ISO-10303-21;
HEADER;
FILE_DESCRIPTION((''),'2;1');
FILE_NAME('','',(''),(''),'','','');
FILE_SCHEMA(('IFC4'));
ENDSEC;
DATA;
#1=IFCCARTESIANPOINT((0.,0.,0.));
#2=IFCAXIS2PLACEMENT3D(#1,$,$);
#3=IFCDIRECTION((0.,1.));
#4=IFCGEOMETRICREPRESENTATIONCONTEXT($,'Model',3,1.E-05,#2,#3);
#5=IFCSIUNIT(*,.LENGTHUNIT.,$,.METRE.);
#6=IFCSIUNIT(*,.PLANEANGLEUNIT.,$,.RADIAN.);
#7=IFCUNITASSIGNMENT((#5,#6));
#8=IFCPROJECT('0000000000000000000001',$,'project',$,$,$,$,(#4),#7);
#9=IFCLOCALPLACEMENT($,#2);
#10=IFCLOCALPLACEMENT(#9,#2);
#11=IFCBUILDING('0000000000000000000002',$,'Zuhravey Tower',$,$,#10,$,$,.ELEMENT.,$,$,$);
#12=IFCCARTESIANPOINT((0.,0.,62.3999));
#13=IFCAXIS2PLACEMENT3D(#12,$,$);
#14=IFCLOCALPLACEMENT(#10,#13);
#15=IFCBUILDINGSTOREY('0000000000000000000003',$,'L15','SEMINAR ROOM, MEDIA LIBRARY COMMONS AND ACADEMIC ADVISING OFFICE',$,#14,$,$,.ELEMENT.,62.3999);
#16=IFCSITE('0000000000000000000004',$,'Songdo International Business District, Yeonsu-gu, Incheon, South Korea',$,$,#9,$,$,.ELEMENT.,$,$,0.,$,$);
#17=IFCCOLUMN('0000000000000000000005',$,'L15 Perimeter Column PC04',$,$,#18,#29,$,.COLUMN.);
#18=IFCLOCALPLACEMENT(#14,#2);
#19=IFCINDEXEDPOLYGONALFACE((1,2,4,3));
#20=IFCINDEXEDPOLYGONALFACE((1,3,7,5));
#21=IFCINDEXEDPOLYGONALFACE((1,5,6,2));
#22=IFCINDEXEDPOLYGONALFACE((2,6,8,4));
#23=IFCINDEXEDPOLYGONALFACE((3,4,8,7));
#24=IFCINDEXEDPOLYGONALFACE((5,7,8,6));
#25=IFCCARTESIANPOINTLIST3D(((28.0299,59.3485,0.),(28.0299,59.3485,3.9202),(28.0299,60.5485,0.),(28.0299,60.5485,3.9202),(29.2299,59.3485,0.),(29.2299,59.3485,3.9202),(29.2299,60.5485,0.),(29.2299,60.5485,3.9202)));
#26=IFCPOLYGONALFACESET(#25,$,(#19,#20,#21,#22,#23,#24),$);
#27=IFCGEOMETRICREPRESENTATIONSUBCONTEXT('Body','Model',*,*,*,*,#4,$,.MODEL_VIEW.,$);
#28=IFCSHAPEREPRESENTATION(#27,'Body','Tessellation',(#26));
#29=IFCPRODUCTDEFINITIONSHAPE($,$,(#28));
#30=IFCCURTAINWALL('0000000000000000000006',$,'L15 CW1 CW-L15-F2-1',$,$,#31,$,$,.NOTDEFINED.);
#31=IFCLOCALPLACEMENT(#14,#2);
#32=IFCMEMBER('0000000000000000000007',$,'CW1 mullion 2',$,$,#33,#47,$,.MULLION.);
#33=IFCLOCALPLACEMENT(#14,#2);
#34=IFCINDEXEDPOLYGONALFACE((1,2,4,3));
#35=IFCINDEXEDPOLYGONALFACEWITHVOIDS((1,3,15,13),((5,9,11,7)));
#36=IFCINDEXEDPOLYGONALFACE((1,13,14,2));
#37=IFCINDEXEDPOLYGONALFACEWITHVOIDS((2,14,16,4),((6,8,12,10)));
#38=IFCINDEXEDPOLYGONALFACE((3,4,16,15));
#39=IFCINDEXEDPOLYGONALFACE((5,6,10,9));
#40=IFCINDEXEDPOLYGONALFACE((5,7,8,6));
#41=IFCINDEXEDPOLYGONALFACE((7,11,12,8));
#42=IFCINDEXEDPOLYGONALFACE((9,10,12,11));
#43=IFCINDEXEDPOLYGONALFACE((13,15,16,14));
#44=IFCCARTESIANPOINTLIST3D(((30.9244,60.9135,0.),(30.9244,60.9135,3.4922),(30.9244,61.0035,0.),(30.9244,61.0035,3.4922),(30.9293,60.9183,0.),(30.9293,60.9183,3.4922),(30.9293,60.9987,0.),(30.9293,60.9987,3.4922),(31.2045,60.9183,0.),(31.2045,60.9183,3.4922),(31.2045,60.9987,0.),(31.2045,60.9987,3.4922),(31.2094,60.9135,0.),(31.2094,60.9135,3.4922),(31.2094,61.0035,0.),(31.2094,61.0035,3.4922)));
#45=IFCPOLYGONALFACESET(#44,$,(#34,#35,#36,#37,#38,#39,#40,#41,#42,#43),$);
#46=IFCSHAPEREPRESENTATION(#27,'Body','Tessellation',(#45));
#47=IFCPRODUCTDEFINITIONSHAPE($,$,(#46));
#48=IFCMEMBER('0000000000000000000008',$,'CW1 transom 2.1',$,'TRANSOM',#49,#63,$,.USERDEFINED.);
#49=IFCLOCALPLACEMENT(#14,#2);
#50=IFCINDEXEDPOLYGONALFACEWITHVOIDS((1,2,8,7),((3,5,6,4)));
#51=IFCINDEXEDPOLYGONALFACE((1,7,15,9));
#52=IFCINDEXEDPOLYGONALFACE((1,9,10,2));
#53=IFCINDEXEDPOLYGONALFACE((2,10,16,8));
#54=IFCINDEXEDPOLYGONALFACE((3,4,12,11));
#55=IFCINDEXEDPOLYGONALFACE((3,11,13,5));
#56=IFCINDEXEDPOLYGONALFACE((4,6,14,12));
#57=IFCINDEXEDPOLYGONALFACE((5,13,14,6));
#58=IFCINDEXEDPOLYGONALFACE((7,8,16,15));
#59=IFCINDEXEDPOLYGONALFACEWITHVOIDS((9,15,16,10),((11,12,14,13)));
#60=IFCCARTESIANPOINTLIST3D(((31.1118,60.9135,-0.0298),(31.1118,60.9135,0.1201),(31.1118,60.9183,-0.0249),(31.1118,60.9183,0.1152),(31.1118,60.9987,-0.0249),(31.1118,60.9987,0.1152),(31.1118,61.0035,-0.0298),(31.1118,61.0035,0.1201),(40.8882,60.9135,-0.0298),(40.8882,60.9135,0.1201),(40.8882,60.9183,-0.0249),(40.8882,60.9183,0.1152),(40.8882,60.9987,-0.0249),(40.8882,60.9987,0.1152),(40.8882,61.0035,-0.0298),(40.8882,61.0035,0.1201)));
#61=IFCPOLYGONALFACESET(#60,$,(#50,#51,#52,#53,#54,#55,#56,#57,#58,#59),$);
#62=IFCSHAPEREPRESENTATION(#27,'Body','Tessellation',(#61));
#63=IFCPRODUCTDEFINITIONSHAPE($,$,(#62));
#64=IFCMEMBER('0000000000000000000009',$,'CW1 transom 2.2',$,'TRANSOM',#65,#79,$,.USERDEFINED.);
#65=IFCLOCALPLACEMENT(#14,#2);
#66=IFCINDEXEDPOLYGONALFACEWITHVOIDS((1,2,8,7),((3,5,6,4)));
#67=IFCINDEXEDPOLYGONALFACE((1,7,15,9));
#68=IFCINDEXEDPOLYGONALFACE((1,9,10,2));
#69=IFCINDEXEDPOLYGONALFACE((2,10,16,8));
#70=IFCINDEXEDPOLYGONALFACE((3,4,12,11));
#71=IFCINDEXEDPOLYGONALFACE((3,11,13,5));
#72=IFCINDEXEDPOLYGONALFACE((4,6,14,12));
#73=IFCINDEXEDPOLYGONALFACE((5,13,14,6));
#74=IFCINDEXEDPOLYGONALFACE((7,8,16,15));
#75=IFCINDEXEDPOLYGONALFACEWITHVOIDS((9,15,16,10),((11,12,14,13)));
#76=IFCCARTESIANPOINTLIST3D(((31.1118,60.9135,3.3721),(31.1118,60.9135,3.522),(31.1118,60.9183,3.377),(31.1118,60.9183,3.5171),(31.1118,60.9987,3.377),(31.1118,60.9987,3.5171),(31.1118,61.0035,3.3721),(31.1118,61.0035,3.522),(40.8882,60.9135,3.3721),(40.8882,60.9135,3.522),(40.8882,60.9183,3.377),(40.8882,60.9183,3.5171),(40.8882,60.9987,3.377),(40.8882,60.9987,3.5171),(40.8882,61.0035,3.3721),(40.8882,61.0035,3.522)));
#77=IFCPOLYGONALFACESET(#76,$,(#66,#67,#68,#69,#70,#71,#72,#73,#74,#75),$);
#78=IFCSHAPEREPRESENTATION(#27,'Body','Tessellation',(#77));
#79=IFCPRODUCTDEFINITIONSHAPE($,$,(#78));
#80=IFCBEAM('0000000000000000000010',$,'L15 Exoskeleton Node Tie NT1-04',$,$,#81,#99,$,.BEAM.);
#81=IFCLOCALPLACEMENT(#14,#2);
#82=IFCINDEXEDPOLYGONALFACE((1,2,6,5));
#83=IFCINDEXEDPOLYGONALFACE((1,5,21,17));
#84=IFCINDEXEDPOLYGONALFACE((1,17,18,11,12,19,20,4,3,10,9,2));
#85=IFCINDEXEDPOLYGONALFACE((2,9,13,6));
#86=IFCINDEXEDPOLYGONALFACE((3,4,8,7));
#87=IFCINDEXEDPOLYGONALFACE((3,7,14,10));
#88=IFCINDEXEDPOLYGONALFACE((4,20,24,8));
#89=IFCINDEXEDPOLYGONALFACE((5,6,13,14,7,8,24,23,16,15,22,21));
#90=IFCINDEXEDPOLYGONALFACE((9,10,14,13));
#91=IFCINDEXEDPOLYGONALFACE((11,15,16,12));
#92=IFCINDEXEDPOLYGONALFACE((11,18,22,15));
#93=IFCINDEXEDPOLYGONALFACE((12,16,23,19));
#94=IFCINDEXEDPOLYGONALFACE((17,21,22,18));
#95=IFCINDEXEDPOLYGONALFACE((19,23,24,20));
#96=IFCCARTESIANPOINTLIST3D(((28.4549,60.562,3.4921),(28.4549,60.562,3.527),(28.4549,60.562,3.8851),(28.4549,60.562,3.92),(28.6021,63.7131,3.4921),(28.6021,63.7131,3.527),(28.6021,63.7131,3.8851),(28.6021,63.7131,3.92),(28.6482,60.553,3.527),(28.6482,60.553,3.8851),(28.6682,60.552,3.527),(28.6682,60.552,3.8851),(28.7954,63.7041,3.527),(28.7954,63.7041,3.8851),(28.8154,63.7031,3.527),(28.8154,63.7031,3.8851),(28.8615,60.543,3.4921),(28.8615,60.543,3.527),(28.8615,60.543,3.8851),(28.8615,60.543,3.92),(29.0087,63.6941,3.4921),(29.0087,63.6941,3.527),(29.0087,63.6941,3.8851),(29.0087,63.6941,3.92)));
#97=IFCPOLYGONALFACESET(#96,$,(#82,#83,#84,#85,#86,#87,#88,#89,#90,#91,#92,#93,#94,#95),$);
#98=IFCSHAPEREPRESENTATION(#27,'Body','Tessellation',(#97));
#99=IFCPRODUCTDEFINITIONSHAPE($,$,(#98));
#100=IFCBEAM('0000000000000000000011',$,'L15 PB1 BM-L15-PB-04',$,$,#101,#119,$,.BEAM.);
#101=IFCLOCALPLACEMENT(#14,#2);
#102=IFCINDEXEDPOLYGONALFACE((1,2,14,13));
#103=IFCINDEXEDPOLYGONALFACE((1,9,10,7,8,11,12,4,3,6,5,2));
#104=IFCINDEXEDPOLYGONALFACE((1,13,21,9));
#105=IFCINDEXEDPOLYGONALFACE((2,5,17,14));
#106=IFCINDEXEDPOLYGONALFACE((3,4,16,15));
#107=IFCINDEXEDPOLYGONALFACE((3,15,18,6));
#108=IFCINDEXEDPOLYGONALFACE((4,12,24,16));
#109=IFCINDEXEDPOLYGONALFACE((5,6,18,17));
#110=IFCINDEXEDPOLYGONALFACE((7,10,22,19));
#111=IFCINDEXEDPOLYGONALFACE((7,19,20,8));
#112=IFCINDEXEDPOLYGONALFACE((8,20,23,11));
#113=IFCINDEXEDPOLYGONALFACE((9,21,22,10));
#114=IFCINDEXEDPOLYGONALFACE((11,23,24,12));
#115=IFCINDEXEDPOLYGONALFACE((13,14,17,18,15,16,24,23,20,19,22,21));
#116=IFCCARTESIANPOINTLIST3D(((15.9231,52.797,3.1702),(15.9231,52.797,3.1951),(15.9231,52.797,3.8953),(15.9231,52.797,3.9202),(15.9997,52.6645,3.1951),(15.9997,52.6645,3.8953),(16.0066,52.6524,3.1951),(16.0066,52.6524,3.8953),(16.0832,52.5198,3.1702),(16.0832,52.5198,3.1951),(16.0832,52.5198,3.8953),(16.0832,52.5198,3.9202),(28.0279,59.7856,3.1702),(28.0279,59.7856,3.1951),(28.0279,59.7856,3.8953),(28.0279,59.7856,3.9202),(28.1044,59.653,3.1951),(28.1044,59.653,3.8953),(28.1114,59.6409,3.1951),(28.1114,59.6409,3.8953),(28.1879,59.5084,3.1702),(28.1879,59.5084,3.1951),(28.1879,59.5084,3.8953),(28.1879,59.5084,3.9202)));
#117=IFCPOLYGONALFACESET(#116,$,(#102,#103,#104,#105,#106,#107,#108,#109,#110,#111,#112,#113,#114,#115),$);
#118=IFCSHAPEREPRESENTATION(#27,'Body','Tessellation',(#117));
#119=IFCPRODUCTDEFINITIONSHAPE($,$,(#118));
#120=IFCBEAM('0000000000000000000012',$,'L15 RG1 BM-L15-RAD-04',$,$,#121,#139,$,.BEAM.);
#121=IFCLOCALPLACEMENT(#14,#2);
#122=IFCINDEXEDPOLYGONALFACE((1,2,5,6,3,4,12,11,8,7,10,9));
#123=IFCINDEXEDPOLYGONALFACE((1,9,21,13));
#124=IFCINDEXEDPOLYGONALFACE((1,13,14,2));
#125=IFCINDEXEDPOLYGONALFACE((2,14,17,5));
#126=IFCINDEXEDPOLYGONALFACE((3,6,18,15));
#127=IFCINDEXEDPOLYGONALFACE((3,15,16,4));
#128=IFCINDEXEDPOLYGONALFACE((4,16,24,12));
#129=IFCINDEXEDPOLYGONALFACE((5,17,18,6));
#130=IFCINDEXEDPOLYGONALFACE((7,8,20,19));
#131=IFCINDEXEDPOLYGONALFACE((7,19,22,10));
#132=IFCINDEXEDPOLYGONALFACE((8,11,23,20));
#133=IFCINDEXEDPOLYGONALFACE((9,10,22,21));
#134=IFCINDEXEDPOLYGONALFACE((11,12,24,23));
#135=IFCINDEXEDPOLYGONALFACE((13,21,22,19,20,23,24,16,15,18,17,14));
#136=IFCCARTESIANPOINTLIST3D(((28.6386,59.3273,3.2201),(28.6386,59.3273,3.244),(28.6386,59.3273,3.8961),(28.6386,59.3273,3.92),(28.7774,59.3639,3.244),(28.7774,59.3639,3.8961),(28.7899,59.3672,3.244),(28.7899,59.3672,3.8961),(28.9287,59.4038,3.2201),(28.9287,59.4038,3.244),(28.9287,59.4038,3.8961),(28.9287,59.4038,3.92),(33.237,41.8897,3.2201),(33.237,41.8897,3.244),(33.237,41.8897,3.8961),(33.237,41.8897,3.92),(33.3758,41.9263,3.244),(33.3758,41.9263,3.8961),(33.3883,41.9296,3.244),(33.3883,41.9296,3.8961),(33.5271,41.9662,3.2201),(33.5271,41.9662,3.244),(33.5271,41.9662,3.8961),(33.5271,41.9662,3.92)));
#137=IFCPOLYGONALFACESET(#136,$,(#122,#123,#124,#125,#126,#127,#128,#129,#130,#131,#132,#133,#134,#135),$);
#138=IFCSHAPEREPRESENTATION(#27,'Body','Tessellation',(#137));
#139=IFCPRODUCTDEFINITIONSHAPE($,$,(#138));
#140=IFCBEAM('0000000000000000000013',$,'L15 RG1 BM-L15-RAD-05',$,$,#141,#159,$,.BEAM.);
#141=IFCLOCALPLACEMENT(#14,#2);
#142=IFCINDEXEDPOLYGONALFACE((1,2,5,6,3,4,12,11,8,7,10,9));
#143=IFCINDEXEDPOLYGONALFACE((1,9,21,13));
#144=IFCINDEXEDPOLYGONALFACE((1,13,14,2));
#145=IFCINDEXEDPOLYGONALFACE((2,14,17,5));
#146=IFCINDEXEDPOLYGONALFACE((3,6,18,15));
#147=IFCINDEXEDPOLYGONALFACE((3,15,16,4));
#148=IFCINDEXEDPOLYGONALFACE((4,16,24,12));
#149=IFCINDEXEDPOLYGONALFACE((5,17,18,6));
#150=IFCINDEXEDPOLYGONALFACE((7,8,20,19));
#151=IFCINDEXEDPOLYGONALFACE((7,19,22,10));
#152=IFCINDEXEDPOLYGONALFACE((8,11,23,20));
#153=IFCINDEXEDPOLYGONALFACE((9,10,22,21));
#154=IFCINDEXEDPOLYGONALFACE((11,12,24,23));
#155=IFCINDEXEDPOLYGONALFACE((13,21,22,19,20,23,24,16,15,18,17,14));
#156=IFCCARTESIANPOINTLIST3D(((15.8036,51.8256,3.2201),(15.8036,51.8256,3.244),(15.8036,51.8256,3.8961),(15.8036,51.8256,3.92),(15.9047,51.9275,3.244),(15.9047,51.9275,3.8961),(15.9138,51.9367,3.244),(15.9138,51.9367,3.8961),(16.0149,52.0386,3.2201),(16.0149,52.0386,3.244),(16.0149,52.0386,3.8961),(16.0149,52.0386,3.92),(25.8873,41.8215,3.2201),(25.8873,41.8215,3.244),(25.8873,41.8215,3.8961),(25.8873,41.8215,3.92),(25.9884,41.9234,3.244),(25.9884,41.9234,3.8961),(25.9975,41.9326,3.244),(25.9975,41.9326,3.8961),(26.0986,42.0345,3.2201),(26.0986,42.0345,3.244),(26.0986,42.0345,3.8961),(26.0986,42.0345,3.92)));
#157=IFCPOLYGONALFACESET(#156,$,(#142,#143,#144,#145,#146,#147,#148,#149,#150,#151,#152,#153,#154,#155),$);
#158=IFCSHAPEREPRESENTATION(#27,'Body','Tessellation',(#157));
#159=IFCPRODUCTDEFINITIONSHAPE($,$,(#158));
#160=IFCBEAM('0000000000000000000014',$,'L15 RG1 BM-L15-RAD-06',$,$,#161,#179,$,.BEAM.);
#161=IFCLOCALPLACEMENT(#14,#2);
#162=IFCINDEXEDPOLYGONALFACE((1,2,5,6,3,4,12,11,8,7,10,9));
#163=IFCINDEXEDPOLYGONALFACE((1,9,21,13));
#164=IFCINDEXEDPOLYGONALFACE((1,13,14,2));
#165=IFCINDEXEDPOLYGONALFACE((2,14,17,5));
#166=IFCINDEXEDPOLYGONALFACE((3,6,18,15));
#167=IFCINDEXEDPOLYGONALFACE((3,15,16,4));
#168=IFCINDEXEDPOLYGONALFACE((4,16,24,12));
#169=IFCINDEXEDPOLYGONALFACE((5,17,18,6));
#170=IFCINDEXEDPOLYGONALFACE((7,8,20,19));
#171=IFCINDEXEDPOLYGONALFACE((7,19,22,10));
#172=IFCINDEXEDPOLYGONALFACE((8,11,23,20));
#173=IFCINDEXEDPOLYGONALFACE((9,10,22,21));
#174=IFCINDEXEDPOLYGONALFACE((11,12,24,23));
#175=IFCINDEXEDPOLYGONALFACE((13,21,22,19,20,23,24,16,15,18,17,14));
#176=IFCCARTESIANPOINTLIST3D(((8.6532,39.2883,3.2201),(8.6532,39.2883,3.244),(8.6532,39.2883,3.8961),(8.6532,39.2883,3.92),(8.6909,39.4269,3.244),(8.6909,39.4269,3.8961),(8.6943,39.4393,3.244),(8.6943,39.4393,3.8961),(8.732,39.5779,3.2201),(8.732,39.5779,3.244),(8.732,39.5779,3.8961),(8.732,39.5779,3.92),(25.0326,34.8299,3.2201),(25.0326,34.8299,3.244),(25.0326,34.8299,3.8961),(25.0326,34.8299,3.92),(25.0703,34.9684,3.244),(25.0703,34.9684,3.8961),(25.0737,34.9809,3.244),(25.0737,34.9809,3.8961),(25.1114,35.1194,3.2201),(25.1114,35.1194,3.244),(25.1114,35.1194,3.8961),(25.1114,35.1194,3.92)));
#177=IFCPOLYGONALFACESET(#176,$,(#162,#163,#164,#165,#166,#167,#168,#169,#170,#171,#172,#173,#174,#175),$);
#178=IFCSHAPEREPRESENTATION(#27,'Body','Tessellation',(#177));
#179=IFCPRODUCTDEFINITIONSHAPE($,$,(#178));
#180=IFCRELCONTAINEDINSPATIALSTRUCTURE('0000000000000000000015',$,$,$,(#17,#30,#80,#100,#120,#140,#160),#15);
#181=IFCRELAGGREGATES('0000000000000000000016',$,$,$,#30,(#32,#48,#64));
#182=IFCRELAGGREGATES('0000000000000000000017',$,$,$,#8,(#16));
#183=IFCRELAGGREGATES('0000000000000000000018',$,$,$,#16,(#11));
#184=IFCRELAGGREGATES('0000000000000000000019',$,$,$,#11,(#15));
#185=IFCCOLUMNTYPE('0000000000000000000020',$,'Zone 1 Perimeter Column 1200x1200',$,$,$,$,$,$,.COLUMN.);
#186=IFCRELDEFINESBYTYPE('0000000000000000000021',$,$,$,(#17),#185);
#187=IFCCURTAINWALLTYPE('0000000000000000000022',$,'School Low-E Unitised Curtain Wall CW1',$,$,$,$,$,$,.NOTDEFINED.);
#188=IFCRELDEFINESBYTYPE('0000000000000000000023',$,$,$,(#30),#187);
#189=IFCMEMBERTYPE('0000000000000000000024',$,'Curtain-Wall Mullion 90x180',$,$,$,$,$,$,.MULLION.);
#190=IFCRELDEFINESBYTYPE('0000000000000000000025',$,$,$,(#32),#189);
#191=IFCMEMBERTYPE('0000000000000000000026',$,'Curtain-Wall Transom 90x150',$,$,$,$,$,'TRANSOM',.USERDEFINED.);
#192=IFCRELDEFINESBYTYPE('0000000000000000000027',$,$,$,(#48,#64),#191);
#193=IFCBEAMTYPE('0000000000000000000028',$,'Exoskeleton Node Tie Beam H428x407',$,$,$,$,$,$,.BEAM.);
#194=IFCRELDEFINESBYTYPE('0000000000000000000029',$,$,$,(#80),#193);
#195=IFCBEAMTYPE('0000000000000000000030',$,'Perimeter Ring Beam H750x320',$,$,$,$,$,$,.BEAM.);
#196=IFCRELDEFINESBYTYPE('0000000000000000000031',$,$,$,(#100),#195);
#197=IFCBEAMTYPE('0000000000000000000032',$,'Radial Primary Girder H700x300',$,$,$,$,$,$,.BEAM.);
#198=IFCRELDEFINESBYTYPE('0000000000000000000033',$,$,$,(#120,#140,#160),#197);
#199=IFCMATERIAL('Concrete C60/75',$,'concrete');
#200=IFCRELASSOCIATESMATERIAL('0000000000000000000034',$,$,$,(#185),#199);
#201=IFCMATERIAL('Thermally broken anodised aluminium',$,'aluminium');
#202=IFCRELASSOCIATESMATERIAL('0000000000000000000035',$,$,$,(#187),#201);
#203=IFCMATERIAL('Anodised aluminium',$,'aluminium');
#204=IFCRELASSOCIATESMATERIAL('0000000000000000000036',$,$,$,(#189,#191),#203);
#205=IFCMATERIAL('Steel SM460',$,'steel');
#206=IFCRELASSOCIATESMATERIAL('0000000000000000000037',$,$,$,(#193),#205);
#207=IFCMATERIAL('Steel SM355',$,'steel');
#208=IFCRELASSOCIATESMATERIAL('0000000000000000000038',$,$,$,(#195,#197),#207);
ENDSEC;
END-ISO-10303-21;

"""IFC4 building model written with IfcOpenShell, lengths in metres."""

from ifc_helpers import new_model, si_unit, direction, frame, origin, origin_2d, place, context, subcontext, project, spatial, rectangle, hollow_rectangle, i_section, extrude, material, material_profile, profile_set, type_object, element, aggregate, save


model = new_model("IFC4")

# Units and contexts
model_context = context("Model", 3, precision=1e-05, world=origin(), true_north=direction((0.0, 1.0)))
body_context = subcontext(model_context, "Body", "Model", "MODEL_VIEW")
ifc_project = project(units=[si_unit("LENGTHUNIT", "METRE"), si_unit("PLANEANGLEUNIT", "RADIAN")], contexts=[model_context])

# Site, building, storey
site_placement = place(None, origin())
site = spatial("IfcSite", under=ifc_project, at=site_placement, Name="Songdo International Business District, Yeonsu-gu, Incheon, South Korea", CompositionType="ELEMENT", RefElevation=0.0)
building_placement = place(site_placement, origin())
building = spatial("IfcBuilding", under=site, at=building_placement, Name="Zuhravey Tower", CompositionType="ELEMENT")
storey_placement = place(building_placement, frame((0.0, 0.0, 62.3999)))
storey = spatial("IfcBuildingStorey", under=building, at=storey_placement, Name="L15", Description="SEMINAR ROOM, MEDIA LIBRARY COMMONS AND ACADEMIC ADVISING OFFICE", CompositionType="ELEMENT", Elevation=62.3999)

# Column
ifc_material_1 = material(Name="Concrete C60/75", Category="concrete")
ifc_material_profile_1 = material_profile(ifc_material_1, rectangle(XDim=1.2, YDim=1.2, at=origin_2d()), Name="RC-1200x1200")
ifc_profile_set_1 = profile_set([ifc_material_profile_1], Name="Concrete C60/75")
column_type = type_object("IfcColumnType", Name="Zone 1 Perimeter Column 1200x1200", PredefinedType="COLUMN", material=ifc_profile_set_1)
column_placement = place(storey_placement, frame((28.6299, 59.9485, 0.0), z_axis=(0.0, 0.0, 1.0), x_axis=(-1.0, 0.0, 0.0)))
element("IfcColumn", 1, at=column_placement, inside=storey, type_object=column_type, Name="L15 Perimeter Column PC04", PredefinedType="COLUMN", context=body_context, shape_type="SweptSolid", body=[
    extrude(rectangle(XDim=1.2, YDim=1.2, at=origin_2d()), origin(), (0.0, 0.0, 1.0), 3.9202),
])

# Curtain wall, members
ifc_material_2 = material(Name="Thermally broken anodised aluminium", Category="aluminium")
curtain_wall_type = type_object("IfcCurtainWallType", Name="School Low-E Unitised Curtain Wall CW1", PredefinedType="NOTDEFINED", material=ifc_material_2)
curtain_wall_placement = place(storey_placement, origin())
curtain_wall = element("IfcCurtainWall", 2, at=curtain_wall_placement, inside=storey, type_object=curtain_wall_type, Name="L15 CW1 CW-L15-F2-1", PredefinedType="NOTDEFINED")
ifc_material_3 = material(Name="Anodised aluminium", Category="aluminium")
ifc_material_profile_2 = material_profile(ifc_material_3, hollow_rectangle(XDim=0.0901, YDim=0.2849, WallThickness=0.0049, at=origin_2d()), Name="ALU-RHS-90x285x5")
ifc_profile_set_2 = profile_set([ifc_material_profile_2], Name="Anodised aluminium")
member_type_1 = type_object("IfcMemberType", Name="Curtain-Wall Mullion 90x180", PredefinedType="MULLION", material=ifc_profile_set_2)
member_1_placement = place(storey_placement, frame((31.0669, 60.9585, 0.0), z_axis=(0.0, 0.0, 1.0), x_axis=(0.0, 1.0, 0.0)))
member_1 = element("IfcMember", 3, at=member_1_placement, type_object=member_type_1, Name="CW1 mullion 2", PredefinedType="MULLION", context=body_context, shape_type="SweptSolid", body=[
    extrude(hollow_rectangle(XDim=0.0901, YDim=0.2849, WallThickness=0.0049, at=origin_2d()), origin(), (0.0, 0.0, 1.0), 3.4922),
])
ifc_material_profile_3 = material_profile(ifc_material_3, hollow_rectangle(XDim=0.0901, YDim=0.1499, WallThickness=0.0049, at=origin_2d()), Name="ALU-RHS-90x150x5")
ifc_profile_set_3 = profile_set([ifc_material_profile_3], Name="Anodised aluminium")
member_type_2 = type_object("IfcMemberType", Name="Curtain-Wall Transom 90x150", ElementType="TRANSOM", PredefinedType="USERDEFINED", material=ifc_profile_set_3)
member_2_placement = place(storey_placement, frame((31.1118, 60.9585, 0.0452), z_axis=(1.0, 0.0, 0.0), x_axis=(0.0, 1.0, 0.0)))
member_2 = element("IfcMember", 4, at=member_2_placement, type_object=member_type_2, Name="CW1 transom 2.1", ObjectType="TRANSOM", PredefinedType="USERDEFINED", context=body_context, shape_type="SweptSolid", body=[
    extrude(hollow_rectangle(XDim=0.0901, YDim=0.1499, WallThickness=0.0049, at=origin_2d()), origin(), (0.0, 0.0, 1.0), 9.7764),
])
member_3_placement = place(storey_placement, frame((31.1118, 60.9585, 3.447), z_axis=(1.0, 0.0, 0.0), x_axis=(0.0, 1.0, 0.0)))
member_3 = element("IfcMember", 5, at=member_3_placement, type_object=member_type_2, Name="CW1 transom 2.2", ObjectType="TRANSOM", PredefinedType="USERDEFINED", context=body_context, shape_type="SweptSolid", body=[
    extrude(hollow_rectangle(XDim=0.0901, YDim=0.1499, WallThickness=0.0049, at=origin_2d()), origin(), (0.0, 0.0, 1.0), 9.7764),
])

# Beams
ifc_material_4 = material(Name="Steel SM460", Category="steel")
ifc_material_profile_4 = material_profile(ifc_material_4, i_section(OverallWidth=0.407, OverallDepth=0.428, WebThickness=0.02, FlangeThickness=0.0349, at=origin_2d()), Name="H-428x407x20x35")
ifc_profile_set_4 = profile_set([ifc_material_profile_4], Name="Steel SM460")
beam_type_1 = type_object("IfcBeamType", Name="Exoskeleton Node Tie Beam H428x407", PredefinedType="BEAM", material=ifc_profile_set_4)
beam_1_placement = place(storey_placement, frame((28.6582, 60.5525, 3.7061), z_axis=(0.046668, 0.99891, 0.0), x_axis=(-0.99891, 0.046668, 0.0)))
element("IfcBeam", 6, at=beam_1_placement, inside=storey, type_object=beam_type_1, Name="L15 Exoskeleton Node Tie NT1-04", PredefinedType="BEAM", context=body_context, shape_type="SweptSolid", body=[
    extrude(i_section(OverallWidth=0.407, OverallDepth=0.428, WebThickness=0.02, FlangeThickness=0.0349, at=origin_2d()), origin(), (0.0, 0.0, 1.0), 3.1545),
])
ifc_material_5 = material(Name="Steel SM355", Category="steel")
ifc_material_profile_5 = material_profile(ifc_material_5, i_section(OverallWidth=0.3201, OverallDepth=0.75, WebThickness=0.0139, FlangeThickness=0.0249, at=origin_2d()), Name="H-750x320x14x25")
ifc_profile_set_5 = profile_set([ifc_material_profile_5], Name="Steel SM355")
beam_type_2 = type_object("IfcBeamType", Name="Perimeter Ring Beam H750x320", PredefinedType="BEAM", material=ifc_profile_set_5)
beam_2_placement = place(storey_placement, frame((28.1079, 59.647, 3.5452), z_axis=(-0.86603, -0.499992, 0.0), x_axis=(0.499992, -0.86603, 0.0)))
element("IfcBeam", 7, at=beam_2_placement, inside=storey, type_object=beam_type_2, Name="L15 PB1 BM-L15-PB-04", PredefinedType="BEAM", context=body_context, shape_type="SweptSolid", body=[
    extrude(i_section(OverallWidth=0.3201, OverallDepth=0.75, WebThickness=0.0139, FlangeThickness=0.0249, at=origin_2d()), origin(), (0.0, 0.0, 1.0), 13.9773),
])
ifc_material_profile_6 = material_profile(ifc_material_5, i_section(OverallWidth=0.3, OverallDepth=0.7, WebThickness=0.0129, FlangeThickness=0.0239, at=origin_2d()), Name="H-700x300x13x24")
ifc_profile_set_6 = profile_set([ifc_material_profile_6], Name="Steel SM355")
beam_type_3 = type_object("IfcBeamType", Name="Radial Primary Girder H700x300", PredefinedType="BEAM", material=ifc_profile_set_6)
beam_3_placement = place(storey_placement, frame((33.3821, 41.928, 3.5701), z_axis=(-0.25499, 0.966944, 0.0), x_axis=(-0.966944, -0.25499, 0.0)))
element("IfcBeam", 8, at=beam_3_placement, inside=storey, type_object=beam_type_3, Name="L15 RG1 BM-L15-RAD-04", PredefinedType="BEAM", context=body_context, shape_type="SweptSolid", body=[
    extrude(i_section(OverallWidth=0.3, OverallDepth=0.7, WebThickness=0.0129, FlangeThickness=0.0239, at=origin_2d()), origin(), (0.0, 0.0, 1.0), 18.0337),
])
beam_4_placement = place(storey_placement, frame((25.9929, 41.928, 3.5701), z_axis=(-0.709903, 0.7043, 0.0), x_axis=(-0.7043, -0.709903, 0.0)))
element("IfcBeam", 9, at=beam_4_placement, inside=storey, type_object=beam_type_3, Name="L15 RG1 BM-L15-RAD-05", PredefinedType="BEAM", context=body_context, shape_type="SweptSolid", body=[
    extrude(i_section(OverallWidth=0.3, OverallDepth=0.7, WebThickness=0.0129, FlangeThickness=0.0239, at=origin_2d()), origin(), (0.0, 0.0, 1.0), 14.2043),
])
beam_5_placement = place(storey_placement, frame((25.072, 34.9746, 3.5701), z_axis=(-0.964892, 0.262645, 0.0), x_axis=(-0.262645, -0.964892, 0.0)))
element("IfcBeam", 10, at=beam_5_placement, inside=storey, type_object=beam_type_3, Name="L15 RG1 BM-L15-RAD-06", PredefinedType="BEAM", context=body_context, shape_type="SweptSolid", body=[
    extrude(i_section(OverallWidth=0.3, OverallDepth=0.7, WebThickness=0.0129, FlangeThickness=0.0239, at=origin_2d()), origin(), (0.0, 0.0, 1.0), 16.9753),
])

aggregate(curtain_wall, [member_1, member_2, member_3])

save(model, "model.ifc")
